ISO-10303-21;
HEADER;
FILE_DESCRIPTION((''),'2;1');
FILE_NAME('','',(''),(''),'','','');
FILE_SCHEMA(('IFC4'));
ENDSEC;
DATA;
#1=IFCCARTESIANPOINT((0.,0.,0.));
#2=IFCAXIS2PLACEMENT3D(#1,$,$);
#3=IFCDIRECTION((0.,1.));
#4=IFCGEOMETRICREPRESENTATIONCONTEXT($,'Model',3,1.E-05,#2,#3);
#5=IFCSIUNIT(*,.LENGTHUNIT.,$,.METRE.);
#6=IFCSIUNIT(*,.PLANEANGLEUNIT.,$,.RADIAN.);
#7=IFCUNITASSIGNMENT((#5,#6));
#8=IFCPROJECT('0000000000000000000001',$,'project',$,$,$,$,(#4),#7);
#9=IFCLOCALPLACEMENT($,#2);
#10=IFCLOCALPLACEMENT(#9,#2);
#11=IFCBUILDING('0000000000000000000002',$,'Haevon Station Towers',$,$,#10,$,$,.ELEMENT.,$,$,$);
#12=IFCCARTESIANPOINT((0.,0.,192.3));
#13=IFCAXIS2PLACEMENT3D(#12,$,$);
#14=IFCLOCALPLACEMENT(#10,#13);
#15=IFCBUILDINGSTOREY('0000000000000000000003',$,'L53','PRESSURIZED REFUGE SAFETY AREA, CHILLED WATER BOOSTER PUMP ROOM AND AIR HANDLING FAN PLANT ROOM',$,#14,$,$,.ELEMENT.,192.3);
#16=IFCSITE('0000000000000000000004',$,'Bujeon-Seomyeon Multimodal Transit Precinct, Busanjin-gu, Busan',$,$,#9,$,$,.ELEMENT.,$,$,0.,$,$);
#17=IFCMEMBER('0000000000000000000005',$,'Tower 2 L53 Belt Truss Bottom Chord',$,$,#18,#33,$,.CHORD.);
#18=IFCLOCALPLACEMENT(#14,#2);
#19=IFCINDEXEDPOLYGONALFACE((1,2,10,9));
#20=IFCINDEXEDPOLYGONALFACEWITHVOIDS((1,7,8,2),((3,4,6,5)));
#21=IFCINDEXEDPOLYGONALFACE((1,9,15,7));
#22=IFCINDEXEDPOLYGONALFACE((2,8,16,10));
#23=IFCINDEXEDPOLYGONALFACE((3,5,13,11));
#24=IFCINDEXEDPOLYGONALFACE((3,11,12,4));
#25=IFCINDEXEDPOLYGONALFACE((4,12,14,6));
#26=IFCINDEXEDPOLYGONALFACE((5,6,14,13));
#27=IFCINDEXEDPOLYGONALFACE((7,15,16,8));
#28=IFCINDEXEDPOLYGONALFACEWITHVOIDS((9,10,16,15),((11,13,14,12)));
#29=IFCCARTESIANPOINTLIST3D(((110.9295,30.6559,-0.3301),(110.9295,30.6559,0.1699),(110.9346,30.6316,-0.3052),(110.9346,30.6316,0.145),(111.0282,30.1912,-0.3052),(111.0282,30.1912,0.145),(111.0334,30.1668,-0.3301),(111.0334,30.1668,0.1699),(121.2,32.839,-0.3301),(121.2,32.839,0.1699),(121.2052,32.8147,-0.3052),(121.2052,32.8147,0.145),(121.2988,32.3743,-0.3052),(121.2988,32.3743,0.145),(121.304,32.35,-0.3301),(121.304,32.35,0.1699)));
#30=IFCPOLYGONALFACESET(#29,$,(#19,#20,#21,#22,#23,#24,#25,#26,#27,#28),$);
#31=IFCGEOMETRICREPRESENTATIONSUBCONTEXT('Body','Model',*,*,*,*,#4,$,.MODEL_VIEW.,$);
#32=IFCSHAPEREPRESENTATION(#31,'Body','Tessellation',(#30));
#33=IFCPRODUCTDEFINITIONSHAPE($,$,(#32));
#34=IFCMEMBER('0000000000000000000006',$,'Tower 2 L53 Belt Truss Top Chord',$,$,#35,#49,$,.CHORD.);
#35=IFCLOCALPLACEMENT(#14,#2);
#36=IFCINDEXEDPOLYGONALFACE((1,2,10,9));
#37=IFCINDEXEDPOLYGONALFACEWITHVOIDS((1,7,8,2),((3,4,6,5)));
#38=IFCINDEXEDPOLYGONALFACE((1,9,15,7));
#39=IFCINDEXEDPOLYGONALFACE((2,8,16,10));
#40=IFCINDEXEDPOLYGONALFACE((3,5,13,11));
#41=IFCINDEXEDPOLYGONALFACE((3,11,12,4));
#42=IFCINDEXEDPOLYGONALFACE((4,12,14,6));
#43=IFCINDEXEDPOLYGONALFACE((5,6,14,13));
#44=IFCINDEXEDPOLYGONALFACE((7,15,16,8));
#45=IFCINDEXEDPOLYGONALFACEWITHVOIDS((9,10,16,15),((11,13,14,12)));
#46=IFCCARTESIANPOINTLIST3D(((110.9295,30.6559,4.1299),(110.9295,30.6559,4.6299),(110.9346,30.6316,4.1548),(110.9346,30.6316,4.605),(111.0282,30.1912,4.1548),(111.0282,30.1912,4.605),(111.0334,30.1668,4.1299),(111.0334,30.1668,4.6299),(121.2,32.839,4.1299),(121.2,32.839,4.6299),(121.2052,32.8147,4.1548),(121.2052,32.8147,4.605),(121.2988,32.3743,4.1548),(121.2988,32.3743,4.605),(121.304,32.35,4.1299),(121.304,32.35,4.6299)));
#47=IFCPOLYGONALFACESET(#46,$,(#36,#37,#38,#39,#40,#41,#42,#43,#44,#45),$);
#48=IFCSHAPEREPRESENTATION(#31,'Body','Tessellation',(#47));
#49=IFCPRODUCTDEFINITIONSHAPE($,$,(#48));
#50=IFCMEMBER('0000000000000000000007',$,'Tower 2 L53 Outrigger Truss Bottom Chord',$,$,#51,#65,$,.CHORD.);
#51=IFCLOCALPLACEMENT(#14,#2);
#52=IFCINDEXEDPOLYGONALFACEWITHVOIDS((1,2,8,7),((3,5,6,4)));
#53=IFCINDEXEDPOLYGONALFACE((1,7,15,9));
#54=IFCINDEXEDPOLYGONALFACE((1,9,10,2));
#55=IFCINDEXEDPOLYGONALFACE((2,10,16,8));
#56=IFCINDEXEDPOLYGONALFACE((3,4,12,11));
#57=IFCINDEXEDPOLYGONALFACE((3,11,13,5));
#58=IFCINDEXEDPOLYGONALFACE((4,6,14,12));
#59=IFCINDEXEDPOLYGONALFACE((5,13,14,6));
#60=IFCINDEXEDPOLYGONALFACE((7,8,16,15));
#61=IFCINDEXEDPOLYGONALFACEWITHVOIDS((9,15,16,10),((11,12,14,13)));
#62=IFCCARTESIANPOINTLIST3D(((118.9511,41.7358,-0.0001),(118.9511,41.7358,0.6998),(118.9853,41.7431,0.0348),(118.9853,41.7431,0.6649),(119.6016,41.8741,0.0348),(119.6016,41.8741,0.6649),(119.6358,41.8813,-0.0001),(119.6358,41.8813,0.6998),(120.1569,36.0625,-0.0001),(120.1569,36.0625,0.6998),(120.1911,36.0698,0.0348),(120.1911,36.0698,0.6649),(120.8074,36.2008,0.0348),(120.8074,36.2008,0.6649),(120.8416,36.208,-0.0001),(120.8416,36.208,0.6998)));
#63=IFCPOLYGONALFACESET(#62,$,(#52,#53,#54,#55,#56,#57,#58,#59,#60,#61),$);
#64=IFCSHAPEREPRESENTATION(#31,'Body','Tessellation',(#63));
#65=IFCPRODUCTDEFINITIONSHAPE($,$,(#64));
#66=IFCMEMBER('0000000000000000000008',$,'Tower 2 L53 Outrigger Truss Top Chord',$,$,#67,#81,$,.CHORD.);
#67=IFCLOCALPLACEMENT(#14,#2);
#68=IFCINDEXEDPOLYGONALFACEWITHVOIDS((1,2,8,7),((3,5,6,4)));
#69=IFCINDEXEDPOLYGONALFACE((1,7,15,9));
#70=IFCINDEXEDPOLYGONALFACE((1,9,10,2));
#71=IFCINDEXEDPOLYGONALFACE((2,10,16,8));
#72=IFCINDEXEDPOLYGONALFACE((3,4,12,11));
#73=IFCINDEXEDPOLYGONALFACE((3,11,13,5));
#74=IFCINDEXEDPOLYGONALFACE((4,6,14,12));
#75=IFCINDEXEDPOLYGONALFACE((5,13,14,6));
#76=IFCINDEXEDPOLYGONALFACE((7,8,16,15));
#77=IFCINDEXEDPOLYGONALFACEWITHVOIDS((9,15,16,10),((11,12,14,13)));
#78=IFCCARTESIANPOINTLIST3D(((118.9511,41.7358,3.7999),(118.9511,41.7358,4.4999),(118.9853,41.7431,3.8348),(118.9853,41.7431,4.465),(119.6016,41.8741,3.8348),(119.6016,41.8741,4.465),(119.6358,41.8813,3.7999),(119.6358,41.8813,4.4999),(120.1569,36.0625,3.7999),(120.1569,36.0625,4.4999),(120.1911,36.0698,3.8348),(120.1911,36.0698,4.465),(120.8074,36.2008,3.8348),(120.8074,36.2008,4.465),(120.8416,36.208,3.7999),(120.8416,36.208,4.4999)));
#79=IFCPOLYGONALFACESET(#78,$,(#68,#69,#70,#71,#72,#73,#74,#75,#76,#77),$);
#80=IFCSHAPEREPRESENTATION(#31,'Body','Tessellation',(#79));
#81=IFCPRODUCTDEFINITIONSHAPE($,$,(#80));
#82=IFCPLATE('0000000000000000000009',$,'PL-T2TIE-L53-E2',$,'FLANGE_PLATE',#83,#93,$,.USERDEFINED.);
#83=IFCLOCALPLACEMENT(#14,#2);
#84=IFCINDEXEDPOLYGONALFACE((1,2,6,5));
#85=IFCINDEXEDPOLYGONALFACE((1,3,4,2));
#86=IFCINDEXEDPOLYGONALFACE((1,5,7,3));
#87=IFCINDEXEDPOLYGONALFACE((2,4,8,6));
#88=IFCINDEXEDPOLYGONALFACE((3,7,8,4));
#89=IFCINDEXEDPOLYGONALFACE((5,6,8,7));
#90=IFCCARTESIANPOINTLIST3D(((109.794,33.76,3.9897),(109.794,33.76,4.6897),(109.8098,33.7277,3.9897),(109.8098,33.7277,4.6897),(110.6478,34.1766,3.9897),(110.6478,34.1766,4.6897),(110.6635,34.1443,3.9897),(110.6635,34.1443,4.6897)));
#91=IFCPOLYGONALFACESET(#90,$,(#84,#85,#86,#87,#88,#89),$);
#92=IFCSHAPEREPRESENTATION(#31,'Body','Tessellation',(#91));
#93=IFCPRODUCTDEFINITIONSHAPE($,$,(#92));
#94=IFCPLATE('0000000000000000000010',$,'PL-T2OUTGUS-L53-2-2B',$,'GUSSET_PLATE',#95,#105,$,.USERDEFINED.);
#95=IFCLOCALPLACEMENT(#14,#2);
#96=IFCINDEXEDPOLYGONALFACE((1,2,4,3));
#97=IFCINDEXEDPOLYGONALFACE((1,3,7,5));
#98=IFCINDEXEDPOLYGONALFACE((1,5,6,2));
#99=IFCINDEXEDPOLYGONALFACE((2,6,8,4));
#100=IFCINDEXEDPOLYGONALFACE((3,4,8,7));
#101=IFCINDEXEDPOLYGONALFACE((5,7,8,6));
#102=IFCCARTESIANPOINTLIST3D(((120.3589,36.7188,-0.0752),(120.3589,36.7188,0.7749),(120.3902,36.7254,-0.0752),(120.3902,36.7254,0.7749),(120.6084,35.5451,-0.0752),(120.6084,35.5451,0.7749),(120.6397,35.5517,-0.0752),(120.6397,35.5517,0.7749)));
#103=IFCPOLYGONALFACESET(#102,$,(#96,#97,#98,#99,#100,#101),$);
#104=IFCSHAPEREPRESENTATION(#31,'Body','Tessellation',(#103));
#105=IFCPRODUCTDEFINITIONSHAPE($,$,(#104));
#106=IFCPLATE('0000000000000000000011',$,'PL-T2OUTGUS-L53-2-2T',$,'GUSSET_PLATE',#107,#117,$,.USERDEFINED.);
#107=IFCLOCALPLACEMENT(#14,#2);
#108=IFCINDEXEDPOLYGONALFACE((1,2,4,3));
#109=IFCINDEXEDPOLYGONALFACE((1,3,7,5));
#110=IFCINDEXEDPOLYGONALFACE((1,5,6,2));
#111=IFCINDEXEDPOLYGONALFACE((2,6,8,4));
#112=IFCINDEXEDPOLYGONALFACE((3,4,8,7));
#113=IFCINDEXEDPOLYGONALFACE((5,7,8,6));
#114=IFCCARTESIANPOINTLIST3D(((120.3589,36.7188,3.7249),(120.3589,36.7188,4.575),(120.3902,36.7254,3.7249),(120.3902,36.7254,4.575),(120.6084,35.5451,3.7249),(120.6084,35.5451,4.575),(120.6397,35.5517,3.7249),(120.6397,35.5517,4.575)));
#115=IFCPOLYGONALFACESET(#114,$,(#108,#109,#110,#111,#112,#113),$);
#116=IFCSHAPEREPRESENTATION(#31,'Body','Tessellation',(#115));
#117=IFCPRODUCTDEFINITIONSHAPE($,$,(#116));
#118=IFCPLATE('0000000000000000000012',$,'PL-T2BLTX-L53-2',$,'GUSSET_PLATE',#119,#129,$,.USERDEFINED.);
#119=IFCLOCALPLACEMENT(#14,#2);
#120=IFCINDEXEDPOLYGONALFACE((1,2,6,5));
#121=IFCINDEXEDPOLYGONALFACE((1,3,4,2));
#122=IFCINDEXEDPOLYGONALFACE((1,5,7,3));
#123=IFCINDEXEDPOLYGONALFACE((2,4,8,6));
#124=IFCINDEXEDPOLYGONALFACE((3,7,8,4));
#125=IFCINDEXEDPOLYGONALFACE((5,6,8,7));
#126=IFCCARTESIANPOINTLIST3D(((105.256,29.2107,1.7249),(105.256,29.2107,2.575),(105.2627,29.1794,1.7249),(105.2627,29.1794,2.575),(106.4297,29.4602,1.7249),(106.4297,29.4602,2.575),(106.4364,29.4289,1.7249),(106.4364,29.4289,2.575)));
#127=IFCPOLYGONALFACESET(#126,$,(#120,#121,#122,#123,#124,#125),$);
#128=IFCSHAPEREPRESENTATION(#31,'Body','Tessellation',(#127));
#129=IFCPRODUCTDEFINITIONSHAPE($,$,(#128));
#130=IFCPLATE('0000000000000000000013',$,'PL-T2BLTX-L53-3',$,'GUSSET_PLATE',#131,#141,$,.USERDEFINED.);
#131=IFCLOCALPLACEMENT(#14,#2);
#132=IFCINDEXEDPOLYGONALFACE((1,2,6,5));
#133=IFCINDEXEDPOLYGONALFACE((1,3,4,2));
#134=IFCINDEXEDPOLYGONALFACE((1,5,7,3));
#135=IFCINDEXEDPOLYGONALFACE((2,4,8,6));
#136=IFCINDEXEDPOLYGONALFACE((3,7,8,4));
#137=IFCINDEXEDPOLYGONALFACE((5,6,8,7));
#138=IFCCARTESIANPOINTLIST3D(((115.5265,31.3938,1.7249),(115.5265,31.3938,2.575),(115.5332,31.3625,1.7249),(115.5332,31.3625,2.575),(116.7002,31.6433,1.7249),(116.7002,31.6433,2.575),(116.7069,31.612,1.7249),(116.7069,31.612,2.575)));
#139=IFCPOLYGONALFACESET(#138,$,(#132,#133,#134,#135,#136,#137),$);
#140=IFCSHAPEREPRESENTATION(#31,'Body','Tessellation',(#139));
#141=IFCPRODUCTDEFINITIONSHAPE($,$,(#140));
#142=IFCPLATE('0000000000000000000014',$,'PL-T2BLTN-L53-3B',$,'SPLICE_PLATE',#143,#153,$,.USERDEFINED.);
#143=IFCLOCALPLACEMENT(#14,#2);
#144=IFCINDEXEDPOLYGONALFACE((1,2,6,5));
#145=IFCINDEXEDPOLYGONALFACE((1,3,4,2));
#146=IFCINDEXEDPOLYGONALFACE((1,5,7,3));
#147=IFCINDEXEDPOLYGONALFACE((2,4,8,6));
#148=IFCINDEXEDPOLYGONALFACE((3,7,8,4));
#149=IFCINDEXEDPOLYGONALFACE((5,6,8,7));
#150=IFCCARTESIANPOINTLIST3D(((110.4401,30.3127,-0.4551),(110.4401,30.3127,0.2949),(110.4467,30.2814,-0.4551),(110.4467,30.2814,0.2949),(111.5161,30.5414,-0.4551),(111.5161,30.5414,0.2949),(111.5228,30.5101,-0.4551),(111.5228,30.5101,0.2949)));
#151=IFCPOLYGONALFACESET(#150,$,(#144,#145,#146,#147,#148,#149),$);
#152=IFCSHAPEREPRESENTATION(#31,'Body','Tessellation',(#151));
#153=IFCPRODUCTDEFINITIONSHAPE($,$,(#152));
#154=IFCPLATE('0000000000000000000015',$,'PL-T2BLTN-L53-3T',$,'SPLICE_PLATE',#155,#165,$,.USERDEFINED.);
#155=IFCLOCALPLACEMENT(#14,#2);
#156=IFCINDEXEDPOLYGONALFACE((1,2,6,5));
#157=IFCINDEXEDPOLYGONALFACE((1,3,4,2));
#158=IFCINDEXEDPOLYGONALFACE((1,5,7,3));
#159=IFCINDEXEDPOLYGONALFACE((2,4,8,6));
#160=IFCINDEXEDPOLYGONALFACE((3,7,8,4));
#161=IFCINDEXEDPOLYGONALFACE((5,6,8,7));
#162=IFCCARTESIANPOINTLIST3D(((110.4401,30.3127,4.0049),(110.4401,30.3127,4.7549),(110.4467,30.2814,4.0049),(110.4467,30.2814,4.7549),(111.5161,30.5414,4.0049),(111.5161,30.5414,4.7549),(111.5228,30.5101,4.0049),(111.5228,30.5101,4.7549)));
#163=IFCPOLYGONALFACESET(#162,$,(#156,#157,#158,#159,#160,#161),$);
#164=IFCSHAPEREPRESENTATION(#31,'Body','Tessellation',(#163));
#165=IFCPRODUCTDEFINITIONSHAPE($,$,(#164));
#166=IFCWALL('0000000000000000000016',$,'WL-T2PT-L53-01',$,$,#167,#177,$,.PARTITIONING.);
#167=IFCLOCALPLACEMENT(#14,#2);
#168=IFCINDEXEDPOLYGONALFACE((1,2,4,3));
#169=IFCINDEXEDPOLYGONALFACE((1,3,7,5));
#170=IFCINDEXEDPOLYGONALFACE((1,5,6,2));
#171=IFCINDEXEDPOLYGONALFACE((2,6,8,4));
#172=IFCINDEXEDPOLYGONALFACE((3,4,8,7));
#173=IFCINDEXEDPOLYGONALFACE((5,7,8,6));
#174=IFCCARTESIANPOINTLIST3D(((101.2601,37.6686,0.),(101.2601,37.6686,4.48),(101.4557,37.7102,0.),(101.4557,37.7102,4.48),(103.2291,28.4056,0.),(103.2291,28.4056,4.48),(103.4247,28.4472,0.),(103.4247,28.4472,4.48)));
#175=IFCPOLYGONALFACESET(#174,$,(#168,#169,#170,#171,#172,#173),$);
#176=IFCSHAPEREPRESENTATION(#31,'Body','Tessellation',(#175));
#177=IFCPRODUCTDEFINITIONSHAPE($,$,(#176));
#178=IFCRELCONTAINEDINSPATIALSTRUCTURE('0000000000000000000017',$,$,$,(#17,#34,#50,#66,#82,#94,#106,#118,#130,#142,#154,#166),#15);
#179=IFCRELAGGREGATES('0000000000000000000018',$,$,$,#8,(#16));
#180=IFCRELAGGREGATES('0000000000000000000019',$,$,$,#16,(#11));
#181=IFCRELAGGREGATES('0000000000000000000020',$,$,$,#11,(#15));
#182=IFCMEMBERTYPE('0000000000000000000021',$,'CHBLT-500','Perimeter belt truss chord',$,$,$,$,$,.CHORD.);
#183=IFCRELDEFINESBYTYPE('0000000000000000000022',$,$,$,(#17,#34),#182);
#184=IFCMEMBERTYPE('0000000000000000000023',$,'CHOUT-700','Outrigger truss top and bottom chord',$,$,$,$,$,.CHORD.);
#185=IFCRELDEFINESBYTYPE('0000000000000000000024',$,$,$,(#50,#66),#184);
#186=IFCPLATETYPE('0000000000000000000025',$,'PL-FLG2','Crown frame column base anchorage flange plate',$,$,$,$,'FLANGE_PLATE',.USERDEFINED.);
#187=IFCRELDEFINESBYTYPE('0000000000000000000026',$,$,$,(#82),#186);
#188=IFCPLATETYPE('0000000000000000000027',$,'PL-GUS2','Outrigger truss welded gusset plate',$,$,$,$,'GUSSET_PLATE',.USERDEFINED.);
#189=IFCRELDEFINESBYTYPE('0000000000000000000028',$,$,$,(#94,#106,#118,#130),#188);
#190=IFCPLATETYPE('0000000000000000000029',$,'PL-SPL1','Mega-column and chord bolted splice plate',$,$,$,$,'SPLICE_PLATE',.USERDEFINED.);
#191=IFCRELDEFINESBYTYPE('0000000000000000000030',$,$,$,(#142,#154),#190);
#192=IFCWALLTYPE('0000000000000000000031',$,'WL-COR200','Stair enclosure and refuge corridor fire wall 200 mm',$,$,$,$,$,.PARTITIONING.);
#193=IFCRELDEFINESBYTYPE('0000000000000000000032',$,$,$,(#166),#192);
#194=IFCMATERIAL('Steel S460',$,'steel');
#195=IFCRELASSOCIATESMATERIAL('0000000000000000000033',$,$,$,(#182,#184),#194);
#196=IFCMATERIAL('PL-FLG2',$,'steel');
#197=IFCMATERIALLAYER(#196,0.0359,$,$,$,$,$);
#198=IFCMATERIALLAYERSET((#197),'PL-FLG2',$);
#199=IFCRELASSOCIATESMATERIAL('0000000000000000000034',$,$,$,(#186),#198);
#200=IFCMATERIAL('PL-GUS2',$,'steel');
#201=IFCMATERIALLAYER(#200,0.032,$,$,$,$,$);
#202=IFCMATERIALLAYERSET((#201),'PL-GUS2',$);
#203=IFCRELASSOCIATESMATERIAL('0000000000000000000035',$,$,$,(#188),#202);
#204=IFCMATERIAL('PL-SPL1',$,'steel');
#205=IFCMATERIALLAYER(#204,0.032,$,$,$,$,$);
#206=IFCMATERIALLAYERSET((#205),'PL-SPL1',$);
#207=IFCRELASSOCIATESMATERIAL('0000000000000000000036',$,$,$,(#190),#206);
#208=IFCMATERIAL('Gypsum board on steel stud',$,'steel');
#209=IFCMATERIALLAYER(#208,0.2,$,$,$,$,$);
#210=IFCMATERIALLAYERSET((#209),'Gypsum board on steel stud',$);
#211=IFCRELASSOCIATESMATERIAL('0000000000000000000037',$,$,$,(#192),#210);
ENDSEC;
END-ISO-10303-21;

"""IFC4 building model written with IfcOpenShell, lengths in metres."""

from ifc_helpers import new_model, si_unit, direction, frame, frame_2d, origin, origin_2d, place, context, subcontext, project, spatial, rectangle, hollow_rectangle, extrude, material, layer, layer_set, material_profile, profile_set, type_object, element, save


model = new_model("IFC4")

# Units and contexts
model_context = context("Model", 3, precision=1e-05, world=origin(), true_north=direction((0.0, 1.0)))
body_context = subcontext(model_context, "Body", "Model", "MODEL_VIEW")
ifc_project = project(units=[si_unit("LENGTHUNIT", "METRE"), si_unit("PLANEANGLEUNIT", "RADIAN")], contexts=[model_context])

# Site, building, storey
site_placement = place(None, origin())
site = spatial("IfcSite", under=ifc_project, at=site_placement, Name="Bujeon-Seomyeon Multimodal Transit Precinct, Busanjin-gu, Busan", CompositionType="ELEMENT", RefElevation=0.0)
building_placement = place(site_placement, origin())
building = spatial("IfcBuilding", under=site, at=building_placement, Name="Haevon Station Towers", CompositionType="ELEMENT")
storey_placement = place(building_placement, frame((0.0, 0.0, 192.3)))
storey = spatial("IfcBuildingStorey", under=building, at=storey_placement, Name="L53", Description="PRESSURIZED REFUGE SAFETY AREA, CHILLED WATER BOOSTER PUMP ROOM AND AIR HANDLING FAN PLANT ROOM", CompositionType="ELEMENT", Elevation=192.3)

# Shared definitions
ifc_material_1 = material(Name="Steel S460", Category="steel")

# Members
ifc_material_profile_1 = material_profile(ifc_material_1, hollow_rectangle(XDim=0.5, YDim=0.5, WallThickness=0.0249, at=origin_2d()), Name="RHS-500x500x25")
ifc_profile_set_1 = profile_set([ifc_material_profile_1], Name="Steel S460")
member_type_1 = type_object("IfcMemberType", Name="CHBLT-500", Description="Perimeter belt truss chord", PredefinedType="CHORD", material=ifc_profile_set_1)
for number, where, z_axis, x_axis, name in (
    (1, (110.9814, 30.4114, -0.0801), (0.978147, 0.207915, 0.0), (-0.207915, 0.978147, 0.0), "Tower 2 L53 Belt Truss Bottom Chord"),
    (2, (110.9814, 30.4114, 4.3799), (0.978147, 0.207915, 0.0), (-0.207915, 0.978147, 0.0), "Tower 2 L53 Belt Truss Top Chord"),
):
    element("IfcMember", number, at=place(storey_placement, frame(where, z_axis=z_axis, x_axis=x_axis)), inside=storey, type_object=member_type_1, Name=name, PredefinedType="CHORD", context=body_context, shape_type="SweptSolid", body=[
        extrude(hollow_rectangle(XDim=0.5, YDim=0.5, WallThickness=0.0249, at=origin_2d()), origin(), (0.0, 0.0, 1.0), 10.5),
    ])
ifc_material_profile_2 = material_profile(ifc_material_1, hollow_rectangle(XDim=0.7, YDim=0.7, WallThickness=0.0349, at=origin_2d()), Name="RHS-700x700x35")
ifc_profile_set_2 = profile_set([ifc_material_profile_2], Name="Steel S460")
member_type_2 = type_object("IfcMemberType", Name="CHOUT-700", Description="Outrigger truss top and bottom chord", PredefinedType="CHORD", material=ifc_profile_set_2)
for number, where, z_axis, x_axis, name in (
    (3, (120.4993, 36.1353, 0.3499), (-0.207896, 0.978151, 0.0), (-0.978151, -0.207896, 0.0), "Tower 2 L53 Outrigger Truss Bottom Chord"),
    (4, (120.4993, 36.1353, 4.1499), (-0.207896, 0.978151, 0.0), (-0.978151, -0.207896, 0.0), "Tower 2 L53 Outrigger Truss Top Chord"),
):
    element("IfcMember", number, at=place(storey_placement, frame(where, z_axis=z_axis, x_axis=x_axis)), inside=storey, type_object=member_type_2, Name=name, PredefinedType="CHORD", context=body_context, shape_type="SweptSolid", body=[
        extrude(hollow_rectangle(XDim=0.7, YDim=0.7, WallThickness=0.0349, at=origin_2d()), origin(), (0.0, 0.0, 1.0), 5.8),
    ])

# Plates
ifc_material_2 = material(Name="PL-FLG2", Category="steel")
ifc_layer_1 = layer(ifc_material_2, 0.0359)
ifc_layer_set_1 = layer_set([ifc_layer_1], Name="PL-FLG2")
plate_type_1 = type_object("IfcPlateType", Name="PL-FLG2", Description="Crown frame column base anchorage flange plate", ElementType="FLANGE_PLATE", PredefinedType="USERDEFINED", material=ifc_layer_set_1)
plate_placement = place(storey_placement, frame((110.2288, 33.9521, 3.9897), z_axis=(0.0, 0.0, 1.0), x_axis=(0.898713, 0.438537, 0.0)))
element("IfcPlate", 5, at=plate_placement, inside=storey, type_object=plate_type_1, Name="PL-T2TIE-L53-E2", ObjectType="FLANGE_PLATE", PredefinedType="USERDEFINED", context=body_context, shape_type="SweptSolid", body=[
    extrude(rectangle(XDim=0.95, YDim=0.0359, at=origin_2d()), origin(), (0.0, 0.0, 1.0), 0.7),
])
ifc_material_3 = material(Name="PL-GUS2", Category="steel")
ifc_layer_2 = layer(ifc_material_3, 0.032)
ifc_layer_set_2 = layer_set([ifc_layer_2], Name="PL-GUS2")
plate_type_2 = type_object("IfcPlateType", Name="PL-GUS2", Description="Outrigger truss welded gusset plate", ElementType="GUSSET_PLATE", PredefinedType="USERDEFINED", material=ifc_layer_set_2)
for number, where, z_axis, x_axis, name in (
    (6, (120.4993, 36.1353, -0.0752), (0.0, 0.0, 1.0), (-0.207912, 0.978148, 0.0), "PL-T2OUTGUS-L53-2-2B"),
    (7, (120.4993, 36.1353, 3.7249), (0.0, 0.0, 1.0), (-0.207912, 0.978148, 0.0), "PL-T2OUTGUS-L53-2-2T"),
    (8, (105.8462, 29.3198, 1.7249), (0.0, 0.0, 1.0), (0.978148, 0.207912, 0.0), "PL-T2BLTX-L53-2"),
    (9, (116.1167, 31.5029, 1.7249), (0.0, 0.0, 1.0), (0.978148, 0.207912, 0.0), "PL-T2BLTX-L53-3"),
):
    element("IfcPlate", number, at=place(storey_placement, frame(where, z_axis=z_axis, x_axis=x_axis)), inside=storey, type_object=plate_type_2, Name=name, ObjectType="GUSSET_PLATE", PredefinedType="USERDEFINED", context=body_context, shape_type="SweptSolid", body=[
        extrude(rectangle(XDim=1.2, YDim=0.032, at=origin_2d()), origin(), (0.0, 0.0, 1.0), 0.8501),
    ])
ifc_material_4 = material(Name="PL-SPL1", Category="steel")
ifc_layer_3 = layer(ifc_material_4, 0.032)
ifc_layer_set_3 = layer_set([ifc_layer_3], Name="PL-SPL1")
plate_type_3 = type_object("IfcPlateType", Name="PL-SPL1", Description="Mega-column and chord bolted splice plate", ElementType="SPLICE_PLATE", PredefinedType="USERDEFINED", material=ifc_layer_set_3)
for number, where, z_axis, x_axis, name in (
    (10, (110.9814, 30.4114, -0.4551), (0.0, 0.0, 1.0), (0.978148, 0.207912, 0.0), "PL-T2BLTN-L53-3B"),
    (11, (110.9814, 30.4114, 4.0049), (0.0, 0.0, 1.0), (0.978148, 0.207912, 0.0), "PL-T2BLTN-L53-3T"),
):
    element("IfcPlate", number, at=place(storey_placement, frame(where, z_axis=z_axis, x_axis=x_axis)), inside=storey, type_object=plate_type_3, Name=name, ObjectType="SPLICE_PLATE", PredefinedType="USERDEFINED", context=body_context, shape_type="SweptSolid", body=[
        extrude(rectangle(XDim=1.1001, YDim=0.032, at=origin_2d()), origin(), (0.0, 0.0, 1.0), 0.75),
    ])

# Wall
ifc_material_5 = material(Name="Gypsum board on steel stud", Category="steel")
ifc_layer_4 = layer(ifc_material_5, 0.2)
ifc_layer_set_4 = layer_set([ifc_layer_4], Name="Gypsum board on steel stud")
wall_type = type_object("IfcWallType", Name="WL-COR200", Description="Stair enclosure and refuge corridor fire wall 200 mm", PredefinedType="PARTITIONING", material=ifc_layer_set_4)
wall_1_placement = place(storey_placement, frame((103.3269, 28.4265, 0.0), z_axis=(0.0, 0.0, 1.0), x_axis=(-0.207921, 0.978146, 0.0)))
element("IfcWall", 12, at=wall_1_placement, inside=storey, type_object=wall_type, Name="WL-T2PT-L53-01", PredefinedType="PARTITIONING", context=body_context, shape_type="SweptSolid", body=[
    extrude(rectangle(XDim=9.47, YDim=0.2, at=frame_2d((4.7349, 0.0))), origin(), (0.0, 0.0, 1.0), 4.48),
])

save(model, "model.ifc")
